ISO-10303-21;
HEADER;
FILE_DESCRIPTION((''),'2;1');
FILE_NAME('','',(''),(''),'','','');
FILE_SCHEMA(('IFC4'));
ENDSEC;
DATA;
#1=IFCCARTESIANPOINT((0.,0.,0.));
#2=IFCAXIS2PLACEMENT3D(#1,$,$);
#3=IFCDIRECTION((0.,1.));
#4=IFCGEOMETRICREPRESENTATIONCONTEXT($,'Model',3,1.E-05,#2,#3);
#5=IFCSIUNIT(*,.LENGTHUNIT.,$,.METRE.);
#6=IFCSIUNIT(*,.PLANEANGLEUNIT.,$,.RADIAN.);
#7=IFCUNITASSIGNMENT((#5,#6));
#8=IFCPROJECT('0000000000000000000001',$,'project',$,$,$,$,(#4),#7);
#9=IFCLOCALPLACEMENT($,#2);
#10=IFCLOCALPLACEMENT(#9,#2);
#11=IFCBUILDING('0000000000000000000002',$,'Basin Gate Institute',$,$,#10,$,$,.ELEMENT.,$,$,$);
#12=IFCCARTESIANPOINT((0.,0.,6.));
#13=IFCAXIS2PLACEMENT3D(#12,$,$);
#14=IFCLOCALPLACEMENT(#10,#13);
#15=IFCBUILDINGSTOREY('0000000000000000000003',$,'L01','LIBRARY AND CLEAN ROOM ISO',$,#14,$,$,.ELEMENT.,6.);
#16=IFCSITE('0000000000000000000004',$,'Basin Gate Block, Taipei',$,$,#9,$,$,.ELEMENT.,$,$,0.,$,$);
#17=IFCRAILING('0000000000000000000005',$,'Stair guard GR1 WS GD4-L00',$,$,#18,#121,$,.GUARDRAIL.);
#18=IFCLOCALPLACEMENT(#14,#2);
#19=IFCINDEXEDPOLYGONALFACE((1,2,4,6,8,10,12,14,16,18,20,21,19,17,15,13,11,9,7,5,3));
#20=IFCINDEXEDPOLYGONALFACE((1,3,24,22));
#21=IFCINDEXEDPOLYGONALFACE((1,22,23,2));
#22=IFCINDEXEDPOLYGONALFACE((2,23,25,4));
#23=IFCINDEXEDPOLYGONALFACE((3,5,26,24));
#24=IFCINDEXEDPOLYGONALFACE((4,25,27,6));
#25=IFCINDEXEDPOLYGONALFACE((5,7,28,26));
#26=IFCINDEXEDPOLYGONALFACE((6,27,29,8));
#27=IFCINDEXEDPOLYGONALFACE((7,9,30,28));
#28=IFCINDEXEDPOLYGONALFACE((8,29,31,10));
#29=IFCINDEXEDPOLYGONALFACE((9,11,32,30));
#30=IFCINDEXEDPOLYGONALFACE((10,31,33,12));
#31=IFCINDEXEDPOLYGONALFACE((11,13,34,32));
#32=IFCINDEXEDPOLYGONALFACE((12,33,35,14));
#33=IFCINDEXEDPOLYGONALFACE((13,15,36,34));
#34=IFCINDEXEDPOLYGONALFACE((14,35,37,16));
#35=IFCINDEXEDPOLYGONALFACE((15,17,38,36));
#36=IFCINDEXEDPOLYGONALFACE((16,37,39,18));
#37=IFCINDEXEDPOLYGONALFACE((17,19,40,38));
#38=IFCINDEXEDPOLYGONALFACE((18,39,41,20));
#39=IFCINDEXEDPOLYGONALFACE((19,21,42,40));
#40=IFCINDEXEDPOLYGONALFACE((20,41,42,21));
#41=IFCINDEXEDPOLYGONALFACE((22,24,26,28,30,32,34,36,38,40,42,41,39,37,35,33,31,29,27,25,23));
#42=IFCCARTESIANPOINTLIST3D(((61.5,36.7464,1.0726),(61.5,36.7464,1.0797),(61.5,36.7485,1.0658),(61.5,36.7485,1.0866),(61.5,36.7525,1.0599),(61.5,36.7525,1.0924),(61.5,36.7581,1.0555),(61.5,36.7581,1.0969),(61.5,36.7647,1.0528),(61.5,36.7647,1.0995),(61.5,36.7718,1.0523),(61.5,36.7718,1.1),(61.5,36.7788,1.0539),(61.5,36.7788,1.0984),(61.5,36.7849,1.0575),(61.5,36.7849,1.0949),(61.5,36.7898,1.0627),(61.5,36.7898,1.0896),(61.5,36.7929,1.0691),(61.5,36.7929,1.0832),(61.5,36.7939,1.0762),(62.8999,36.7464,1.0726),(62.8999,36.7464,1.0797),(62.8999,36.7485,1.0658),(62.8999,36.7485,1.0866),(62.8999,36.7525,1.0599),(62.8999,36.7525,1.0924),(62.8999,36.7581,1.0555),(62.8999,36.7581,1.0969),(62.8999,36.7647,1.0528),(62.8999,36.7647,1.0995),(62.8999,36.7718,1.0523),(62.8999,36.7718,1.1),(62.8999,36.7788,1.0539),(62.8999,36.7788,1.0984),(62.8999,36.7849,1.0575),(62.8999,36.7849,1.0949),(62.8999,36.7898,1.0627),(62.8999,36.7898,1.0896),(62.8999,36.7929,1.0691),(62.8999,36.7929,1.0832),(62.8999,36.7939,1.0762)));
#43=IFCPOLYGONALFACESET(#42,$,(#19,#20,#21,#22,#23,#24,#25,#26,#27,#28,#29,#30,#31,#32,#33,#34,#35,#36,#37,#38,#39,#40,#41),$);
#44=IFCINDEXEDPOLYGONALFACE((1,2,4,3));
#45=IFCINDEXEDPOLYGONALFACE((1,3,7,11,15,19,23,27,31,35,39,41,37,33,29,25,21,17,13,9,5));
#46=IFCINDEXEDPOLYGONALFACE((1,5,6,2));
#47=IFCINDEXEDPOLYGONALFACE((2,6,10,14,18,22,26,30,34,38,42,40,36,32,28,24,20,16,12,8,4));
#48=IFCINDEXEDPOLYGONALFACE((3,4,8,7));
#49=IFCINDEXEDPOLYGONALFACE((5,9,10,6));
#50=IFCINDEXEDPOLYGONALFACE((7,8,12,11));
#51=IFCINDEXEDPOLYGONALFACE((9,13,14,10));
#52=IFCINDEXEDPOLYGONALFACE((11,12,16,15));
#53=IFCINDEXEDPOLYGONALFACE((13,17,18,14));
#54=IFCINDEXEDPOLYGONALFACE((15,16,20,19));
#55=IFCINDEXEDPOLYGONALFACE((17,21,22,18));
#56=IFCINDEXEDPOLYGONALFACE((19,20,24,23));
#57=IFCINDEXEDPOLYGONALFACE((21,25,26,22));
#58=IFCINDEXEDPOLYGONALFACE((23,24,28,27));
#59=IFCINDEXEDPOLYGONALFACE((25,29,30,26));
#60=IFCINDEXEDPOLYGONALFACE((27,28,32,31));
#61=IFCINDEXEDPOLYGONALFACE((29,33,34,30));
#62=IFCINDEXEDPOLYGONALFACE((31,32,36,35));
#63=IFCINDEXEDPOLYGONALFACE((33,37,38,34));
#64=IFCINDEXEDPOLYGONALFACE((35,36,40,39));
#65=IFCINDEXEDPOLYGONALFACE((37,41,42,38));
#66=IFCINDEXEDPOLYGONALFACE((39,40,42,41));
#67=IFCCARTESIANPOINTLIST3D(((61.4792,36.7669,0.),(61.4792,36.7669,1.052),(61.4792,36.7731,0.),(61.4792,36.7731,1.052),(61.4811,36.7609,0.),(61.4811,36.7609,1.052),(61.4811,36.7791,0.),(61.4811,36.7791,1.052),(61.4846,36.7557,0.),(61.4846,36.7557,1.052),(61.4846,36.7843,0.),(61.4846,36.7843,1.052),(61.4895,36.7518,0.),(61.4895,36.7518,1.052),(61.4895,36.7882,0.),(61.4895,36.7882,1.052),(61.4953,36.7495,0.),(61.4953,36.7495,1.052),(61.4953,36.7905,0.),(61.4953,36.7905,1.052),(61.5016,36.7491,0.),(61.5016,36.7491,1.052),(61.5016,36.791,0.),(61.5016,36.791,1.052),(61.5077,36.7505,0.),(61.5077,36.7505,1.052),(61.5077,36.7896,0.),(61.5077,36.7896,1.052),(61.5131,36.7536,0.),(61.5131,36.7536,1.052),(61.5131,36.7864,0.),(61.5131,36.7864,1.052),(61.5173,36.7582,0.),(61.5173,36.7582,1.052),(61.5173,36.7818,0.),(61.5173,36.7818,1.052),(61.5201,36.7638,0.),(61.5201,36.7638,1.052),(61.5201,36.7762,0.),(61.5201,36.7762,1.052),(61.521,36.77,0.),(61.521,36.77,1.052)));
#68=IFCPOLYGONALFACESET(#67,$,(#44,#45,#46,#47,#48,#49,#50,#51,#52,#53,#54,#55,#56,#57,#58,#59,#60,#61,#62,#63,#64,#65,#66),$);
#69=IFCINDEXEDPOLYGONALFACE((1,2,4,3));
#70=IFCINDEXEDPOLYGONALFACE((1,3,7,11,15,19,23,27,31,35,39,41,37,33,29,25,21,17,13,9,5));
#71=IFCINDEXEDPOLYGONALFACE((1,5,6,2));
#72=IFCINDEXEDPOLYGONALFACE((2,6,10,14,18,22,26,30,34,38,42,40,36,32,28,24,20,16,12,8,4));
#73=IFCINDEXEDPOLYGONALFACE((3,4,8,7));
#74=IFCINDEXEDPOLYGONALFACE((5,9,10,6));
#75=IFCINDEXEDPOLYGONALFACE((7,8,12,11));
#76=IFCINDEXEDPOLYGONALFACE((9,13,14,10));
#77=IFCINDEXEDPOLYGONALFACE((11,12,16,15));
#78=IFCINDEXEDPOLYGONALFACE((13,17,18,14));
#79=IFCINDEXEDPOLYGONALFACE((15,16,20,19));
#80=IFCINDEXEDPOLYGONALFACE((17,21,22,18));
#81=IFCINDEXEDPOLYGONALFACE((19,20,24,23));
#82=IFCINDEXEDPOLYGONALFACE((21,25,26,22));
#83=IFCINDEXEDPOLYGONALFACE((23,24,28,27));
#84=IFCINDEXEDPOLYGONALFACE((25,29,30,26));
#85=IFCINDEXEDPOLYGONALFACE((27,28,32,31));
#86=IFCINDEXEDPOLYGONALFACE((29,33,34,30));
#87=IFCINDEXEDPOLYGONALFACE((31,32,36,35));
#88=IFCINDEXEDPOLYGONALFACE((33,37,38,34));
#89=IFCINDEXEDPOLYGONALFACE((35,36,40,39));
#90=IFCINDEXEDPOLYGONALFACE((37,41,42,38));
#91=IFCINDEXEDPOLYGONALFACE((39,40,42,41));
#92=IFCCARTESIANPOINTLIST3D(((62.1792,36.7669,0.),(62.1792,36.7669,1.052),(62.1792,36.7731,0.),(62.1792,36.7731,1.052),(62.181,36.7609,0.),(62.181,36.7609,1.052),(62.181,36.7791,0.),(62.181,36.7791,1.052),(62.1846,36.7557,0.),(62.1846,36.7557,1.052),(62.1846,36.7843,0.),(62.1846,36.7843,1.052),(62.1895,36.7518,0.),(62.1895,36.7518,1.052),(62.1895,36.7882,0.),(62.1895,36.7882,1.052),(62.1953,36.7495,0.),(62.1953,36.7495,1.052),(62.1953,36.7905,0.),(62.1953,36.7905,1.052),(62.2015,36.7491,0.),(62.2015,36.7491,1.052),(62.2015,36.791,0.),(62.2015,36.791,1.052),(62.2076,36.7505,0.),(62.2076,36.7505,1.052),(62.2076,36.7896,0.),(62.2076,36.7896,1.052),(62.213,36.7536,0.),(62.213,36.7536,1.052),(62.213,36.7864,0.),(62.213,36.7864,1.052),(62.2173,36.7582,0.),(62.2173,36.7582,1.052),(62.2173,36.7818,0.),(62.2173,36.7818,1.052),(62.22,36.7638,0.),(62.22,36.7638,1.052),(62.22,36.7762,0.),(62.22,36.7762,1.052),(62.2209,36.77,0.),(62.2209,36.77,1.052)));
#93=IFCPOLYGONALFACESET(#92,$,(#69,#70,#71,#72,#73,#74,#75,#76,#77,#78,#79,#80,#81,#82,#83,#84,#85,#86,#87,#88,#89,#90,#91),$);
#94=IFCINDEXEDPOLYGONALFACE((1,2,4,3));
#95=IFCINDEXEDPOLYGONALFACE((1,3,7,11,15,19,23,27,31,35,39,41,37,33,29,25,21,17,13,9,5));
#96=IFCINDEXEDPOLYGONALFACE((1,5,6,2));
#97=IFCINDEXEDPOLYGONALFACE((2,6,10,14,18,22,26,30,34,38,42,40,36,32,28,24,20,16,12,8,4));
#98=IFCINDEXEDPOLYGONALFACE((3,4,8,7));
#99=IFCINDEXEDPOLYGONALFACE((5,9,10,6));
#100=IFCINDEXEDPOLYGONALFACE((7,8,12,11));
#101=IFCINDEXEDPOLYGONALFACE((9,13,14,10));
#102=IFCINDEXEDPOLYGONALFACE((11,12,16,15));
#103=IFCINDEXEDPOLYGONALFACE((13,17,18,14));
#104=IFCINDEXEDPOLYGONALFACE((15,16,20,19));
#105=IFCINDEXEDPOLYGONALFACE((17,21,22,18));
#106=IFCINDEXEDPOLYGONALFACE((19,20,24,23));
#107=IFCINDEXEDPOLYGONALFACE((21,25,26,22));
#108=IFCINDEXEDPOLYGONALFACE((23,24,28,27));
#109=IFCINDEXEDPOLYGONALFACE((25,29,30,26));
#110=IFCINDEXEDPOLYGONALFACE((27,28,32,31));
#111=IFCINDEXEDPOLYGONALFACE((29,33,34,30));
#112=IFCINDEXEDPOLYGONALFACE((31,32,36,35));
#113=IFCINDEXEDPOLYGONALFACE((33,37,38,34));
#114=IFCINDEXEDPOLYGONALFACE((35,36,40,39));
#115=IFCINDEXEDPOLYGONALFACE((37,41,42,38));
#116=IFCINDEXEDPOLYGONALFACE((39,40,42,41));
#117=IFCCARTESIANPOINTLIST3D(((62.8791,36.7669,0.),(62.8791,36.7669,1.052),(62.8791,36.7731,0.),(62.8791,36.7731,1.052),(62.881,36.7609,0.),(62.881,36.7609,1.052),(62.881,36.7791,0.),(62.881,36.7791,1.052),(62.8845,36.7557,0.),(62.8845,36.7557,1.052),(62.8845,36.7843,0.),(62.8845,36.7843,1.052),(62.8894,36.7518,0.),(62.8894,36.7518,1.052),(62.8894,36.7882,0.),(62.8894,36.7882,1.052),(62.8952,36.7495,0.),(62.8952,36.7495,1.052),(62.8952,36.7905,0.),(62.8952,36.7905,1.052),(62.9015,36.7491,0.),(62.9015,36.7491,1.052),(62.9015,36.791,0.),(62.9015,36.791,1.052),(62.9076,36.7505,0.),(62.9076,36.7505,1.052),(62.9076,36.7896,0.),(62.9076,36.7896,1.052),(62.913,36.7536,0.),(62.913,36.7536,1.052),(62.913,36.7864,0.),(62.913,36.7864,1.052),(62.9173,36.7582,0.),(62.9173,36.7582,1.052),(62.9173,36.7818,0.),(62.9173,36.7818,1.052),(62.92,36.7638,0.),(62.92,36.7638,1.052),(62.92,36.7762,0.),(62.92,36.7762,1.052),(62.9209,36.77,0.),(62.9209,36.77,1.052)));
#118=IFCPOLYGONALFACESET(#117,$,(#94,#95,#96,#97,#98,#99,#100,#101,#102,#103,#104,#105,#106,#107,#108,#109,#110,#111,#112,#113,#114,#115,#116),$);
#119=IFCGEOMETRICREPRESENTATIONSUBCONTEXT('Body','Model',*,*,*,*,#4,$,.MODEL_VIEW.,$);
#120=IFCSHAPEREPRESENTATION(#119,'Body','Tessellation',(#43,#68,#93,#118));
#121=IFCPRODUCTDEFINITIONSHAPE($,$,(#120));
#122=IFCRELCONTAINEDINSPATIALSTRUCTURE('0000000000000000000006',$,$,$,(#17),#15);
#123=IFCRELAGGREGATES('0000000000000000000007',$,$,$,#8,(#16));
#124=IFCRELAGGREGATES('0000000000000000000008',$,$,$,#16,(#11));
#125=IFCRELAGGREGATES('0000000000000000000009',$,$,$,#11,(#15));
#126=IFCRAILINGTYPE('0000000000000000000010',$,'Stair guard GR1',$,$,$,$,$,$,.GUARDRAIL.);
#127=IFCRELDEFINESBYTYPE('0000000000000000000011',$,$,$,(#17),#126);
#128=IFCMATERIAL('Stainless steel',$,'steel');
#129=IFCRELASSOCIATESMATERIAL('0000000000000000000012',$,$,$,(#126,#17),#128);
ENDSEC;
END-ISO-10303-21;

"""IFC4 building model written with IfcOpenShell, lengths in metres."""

from ifc_helpers import new_model, si_unit, direction, frame, origin, origin_2d, place, context, subcontext, project, spatial, circle, extrude, material, type_object, element, save


model = new_model("IFC4")

# Units and contexts
model_context = context("Model", 3, precision=1e-05, world=origin(), true_north=direction((0.0, 1.0)))
body_context = subcontext(model_context, "Body", "Model", "MODEL_VIEW")
ifc_project = project(units=[si_unit("LENGTHUNIT", "METRE"), si_unit("PLANEANGLEUNIT", "RADIAN")], contexts=[model_context])

# Site, building, storey
site_placement = place(None, origin())
site = spatial("IfcSite", under=ifc_project, at=site_placement, Name="Basin Gate Block, Taipei", CompositionType="ELEMENT", RefElevation=0.0)
building_placement = place(site_placement, origin())
building = spatial("IfcBuilding", under=site, at=building_placement, Name="Basin Gate Institute", CompositionType="ELEMENT")
storey_placement = place(building_placement, frame((0.0, 0.0, 6.0)))
storey = spatial("IfcBuildingStorey", under=building, at=storey_placement, Name="L01", Description="LIBRARY AND CLEAN ROOM ISO", CompositionType="ELEMENT", Elevation=6.0)

# Railing
ifc_material_1 = material(Name="Stainless steel", Category="steel")
railing_type_1 = type_object("IfcRailingType", Name="Stair guard GR1", PredefinedType="GUARDRAIL", material=ifc_material_1)
railing_1_placement = place(storey_placement, frame((61.5, 36.77, 0.0)))
element("IfcRailing", 1, at=railing_1_placement, inside=storey, type_object=railing_type_1, material=ifc_material_1, Name="Stair guard GR1 WS GD4-L00", PredefinedType="GUARDRAIL", context=body_context, shape_type="SweptSolid", body=[
    extrude(circle(Radius=0.0239, at=origin_2d()), frame((0.0, 0.0, 1.0762), z_axis=(1.0, 0.0, 0.0), x_axis=(0.0, 1.0, 0.0)), (0.0, 0.0, 1.0), 1.3999),
    extrude(circle(Radius=0.021, at=origin_2d()), origin(), (0.0, 0.0, 1.0), 1.052),
    extrude(circle(Radius=0.021, at=origin_2d()), frame((0.7, 0.0, 0.0)), (0.0, 0.0, 1.0), 1.052),
    extrude(circle(Radius=0.021, at=origin_2d()), frame((1.3999, 0.0, 0.0)), (0.0, 0.0, 1.0), 1.052),
])

save(model, "model.ifc")
